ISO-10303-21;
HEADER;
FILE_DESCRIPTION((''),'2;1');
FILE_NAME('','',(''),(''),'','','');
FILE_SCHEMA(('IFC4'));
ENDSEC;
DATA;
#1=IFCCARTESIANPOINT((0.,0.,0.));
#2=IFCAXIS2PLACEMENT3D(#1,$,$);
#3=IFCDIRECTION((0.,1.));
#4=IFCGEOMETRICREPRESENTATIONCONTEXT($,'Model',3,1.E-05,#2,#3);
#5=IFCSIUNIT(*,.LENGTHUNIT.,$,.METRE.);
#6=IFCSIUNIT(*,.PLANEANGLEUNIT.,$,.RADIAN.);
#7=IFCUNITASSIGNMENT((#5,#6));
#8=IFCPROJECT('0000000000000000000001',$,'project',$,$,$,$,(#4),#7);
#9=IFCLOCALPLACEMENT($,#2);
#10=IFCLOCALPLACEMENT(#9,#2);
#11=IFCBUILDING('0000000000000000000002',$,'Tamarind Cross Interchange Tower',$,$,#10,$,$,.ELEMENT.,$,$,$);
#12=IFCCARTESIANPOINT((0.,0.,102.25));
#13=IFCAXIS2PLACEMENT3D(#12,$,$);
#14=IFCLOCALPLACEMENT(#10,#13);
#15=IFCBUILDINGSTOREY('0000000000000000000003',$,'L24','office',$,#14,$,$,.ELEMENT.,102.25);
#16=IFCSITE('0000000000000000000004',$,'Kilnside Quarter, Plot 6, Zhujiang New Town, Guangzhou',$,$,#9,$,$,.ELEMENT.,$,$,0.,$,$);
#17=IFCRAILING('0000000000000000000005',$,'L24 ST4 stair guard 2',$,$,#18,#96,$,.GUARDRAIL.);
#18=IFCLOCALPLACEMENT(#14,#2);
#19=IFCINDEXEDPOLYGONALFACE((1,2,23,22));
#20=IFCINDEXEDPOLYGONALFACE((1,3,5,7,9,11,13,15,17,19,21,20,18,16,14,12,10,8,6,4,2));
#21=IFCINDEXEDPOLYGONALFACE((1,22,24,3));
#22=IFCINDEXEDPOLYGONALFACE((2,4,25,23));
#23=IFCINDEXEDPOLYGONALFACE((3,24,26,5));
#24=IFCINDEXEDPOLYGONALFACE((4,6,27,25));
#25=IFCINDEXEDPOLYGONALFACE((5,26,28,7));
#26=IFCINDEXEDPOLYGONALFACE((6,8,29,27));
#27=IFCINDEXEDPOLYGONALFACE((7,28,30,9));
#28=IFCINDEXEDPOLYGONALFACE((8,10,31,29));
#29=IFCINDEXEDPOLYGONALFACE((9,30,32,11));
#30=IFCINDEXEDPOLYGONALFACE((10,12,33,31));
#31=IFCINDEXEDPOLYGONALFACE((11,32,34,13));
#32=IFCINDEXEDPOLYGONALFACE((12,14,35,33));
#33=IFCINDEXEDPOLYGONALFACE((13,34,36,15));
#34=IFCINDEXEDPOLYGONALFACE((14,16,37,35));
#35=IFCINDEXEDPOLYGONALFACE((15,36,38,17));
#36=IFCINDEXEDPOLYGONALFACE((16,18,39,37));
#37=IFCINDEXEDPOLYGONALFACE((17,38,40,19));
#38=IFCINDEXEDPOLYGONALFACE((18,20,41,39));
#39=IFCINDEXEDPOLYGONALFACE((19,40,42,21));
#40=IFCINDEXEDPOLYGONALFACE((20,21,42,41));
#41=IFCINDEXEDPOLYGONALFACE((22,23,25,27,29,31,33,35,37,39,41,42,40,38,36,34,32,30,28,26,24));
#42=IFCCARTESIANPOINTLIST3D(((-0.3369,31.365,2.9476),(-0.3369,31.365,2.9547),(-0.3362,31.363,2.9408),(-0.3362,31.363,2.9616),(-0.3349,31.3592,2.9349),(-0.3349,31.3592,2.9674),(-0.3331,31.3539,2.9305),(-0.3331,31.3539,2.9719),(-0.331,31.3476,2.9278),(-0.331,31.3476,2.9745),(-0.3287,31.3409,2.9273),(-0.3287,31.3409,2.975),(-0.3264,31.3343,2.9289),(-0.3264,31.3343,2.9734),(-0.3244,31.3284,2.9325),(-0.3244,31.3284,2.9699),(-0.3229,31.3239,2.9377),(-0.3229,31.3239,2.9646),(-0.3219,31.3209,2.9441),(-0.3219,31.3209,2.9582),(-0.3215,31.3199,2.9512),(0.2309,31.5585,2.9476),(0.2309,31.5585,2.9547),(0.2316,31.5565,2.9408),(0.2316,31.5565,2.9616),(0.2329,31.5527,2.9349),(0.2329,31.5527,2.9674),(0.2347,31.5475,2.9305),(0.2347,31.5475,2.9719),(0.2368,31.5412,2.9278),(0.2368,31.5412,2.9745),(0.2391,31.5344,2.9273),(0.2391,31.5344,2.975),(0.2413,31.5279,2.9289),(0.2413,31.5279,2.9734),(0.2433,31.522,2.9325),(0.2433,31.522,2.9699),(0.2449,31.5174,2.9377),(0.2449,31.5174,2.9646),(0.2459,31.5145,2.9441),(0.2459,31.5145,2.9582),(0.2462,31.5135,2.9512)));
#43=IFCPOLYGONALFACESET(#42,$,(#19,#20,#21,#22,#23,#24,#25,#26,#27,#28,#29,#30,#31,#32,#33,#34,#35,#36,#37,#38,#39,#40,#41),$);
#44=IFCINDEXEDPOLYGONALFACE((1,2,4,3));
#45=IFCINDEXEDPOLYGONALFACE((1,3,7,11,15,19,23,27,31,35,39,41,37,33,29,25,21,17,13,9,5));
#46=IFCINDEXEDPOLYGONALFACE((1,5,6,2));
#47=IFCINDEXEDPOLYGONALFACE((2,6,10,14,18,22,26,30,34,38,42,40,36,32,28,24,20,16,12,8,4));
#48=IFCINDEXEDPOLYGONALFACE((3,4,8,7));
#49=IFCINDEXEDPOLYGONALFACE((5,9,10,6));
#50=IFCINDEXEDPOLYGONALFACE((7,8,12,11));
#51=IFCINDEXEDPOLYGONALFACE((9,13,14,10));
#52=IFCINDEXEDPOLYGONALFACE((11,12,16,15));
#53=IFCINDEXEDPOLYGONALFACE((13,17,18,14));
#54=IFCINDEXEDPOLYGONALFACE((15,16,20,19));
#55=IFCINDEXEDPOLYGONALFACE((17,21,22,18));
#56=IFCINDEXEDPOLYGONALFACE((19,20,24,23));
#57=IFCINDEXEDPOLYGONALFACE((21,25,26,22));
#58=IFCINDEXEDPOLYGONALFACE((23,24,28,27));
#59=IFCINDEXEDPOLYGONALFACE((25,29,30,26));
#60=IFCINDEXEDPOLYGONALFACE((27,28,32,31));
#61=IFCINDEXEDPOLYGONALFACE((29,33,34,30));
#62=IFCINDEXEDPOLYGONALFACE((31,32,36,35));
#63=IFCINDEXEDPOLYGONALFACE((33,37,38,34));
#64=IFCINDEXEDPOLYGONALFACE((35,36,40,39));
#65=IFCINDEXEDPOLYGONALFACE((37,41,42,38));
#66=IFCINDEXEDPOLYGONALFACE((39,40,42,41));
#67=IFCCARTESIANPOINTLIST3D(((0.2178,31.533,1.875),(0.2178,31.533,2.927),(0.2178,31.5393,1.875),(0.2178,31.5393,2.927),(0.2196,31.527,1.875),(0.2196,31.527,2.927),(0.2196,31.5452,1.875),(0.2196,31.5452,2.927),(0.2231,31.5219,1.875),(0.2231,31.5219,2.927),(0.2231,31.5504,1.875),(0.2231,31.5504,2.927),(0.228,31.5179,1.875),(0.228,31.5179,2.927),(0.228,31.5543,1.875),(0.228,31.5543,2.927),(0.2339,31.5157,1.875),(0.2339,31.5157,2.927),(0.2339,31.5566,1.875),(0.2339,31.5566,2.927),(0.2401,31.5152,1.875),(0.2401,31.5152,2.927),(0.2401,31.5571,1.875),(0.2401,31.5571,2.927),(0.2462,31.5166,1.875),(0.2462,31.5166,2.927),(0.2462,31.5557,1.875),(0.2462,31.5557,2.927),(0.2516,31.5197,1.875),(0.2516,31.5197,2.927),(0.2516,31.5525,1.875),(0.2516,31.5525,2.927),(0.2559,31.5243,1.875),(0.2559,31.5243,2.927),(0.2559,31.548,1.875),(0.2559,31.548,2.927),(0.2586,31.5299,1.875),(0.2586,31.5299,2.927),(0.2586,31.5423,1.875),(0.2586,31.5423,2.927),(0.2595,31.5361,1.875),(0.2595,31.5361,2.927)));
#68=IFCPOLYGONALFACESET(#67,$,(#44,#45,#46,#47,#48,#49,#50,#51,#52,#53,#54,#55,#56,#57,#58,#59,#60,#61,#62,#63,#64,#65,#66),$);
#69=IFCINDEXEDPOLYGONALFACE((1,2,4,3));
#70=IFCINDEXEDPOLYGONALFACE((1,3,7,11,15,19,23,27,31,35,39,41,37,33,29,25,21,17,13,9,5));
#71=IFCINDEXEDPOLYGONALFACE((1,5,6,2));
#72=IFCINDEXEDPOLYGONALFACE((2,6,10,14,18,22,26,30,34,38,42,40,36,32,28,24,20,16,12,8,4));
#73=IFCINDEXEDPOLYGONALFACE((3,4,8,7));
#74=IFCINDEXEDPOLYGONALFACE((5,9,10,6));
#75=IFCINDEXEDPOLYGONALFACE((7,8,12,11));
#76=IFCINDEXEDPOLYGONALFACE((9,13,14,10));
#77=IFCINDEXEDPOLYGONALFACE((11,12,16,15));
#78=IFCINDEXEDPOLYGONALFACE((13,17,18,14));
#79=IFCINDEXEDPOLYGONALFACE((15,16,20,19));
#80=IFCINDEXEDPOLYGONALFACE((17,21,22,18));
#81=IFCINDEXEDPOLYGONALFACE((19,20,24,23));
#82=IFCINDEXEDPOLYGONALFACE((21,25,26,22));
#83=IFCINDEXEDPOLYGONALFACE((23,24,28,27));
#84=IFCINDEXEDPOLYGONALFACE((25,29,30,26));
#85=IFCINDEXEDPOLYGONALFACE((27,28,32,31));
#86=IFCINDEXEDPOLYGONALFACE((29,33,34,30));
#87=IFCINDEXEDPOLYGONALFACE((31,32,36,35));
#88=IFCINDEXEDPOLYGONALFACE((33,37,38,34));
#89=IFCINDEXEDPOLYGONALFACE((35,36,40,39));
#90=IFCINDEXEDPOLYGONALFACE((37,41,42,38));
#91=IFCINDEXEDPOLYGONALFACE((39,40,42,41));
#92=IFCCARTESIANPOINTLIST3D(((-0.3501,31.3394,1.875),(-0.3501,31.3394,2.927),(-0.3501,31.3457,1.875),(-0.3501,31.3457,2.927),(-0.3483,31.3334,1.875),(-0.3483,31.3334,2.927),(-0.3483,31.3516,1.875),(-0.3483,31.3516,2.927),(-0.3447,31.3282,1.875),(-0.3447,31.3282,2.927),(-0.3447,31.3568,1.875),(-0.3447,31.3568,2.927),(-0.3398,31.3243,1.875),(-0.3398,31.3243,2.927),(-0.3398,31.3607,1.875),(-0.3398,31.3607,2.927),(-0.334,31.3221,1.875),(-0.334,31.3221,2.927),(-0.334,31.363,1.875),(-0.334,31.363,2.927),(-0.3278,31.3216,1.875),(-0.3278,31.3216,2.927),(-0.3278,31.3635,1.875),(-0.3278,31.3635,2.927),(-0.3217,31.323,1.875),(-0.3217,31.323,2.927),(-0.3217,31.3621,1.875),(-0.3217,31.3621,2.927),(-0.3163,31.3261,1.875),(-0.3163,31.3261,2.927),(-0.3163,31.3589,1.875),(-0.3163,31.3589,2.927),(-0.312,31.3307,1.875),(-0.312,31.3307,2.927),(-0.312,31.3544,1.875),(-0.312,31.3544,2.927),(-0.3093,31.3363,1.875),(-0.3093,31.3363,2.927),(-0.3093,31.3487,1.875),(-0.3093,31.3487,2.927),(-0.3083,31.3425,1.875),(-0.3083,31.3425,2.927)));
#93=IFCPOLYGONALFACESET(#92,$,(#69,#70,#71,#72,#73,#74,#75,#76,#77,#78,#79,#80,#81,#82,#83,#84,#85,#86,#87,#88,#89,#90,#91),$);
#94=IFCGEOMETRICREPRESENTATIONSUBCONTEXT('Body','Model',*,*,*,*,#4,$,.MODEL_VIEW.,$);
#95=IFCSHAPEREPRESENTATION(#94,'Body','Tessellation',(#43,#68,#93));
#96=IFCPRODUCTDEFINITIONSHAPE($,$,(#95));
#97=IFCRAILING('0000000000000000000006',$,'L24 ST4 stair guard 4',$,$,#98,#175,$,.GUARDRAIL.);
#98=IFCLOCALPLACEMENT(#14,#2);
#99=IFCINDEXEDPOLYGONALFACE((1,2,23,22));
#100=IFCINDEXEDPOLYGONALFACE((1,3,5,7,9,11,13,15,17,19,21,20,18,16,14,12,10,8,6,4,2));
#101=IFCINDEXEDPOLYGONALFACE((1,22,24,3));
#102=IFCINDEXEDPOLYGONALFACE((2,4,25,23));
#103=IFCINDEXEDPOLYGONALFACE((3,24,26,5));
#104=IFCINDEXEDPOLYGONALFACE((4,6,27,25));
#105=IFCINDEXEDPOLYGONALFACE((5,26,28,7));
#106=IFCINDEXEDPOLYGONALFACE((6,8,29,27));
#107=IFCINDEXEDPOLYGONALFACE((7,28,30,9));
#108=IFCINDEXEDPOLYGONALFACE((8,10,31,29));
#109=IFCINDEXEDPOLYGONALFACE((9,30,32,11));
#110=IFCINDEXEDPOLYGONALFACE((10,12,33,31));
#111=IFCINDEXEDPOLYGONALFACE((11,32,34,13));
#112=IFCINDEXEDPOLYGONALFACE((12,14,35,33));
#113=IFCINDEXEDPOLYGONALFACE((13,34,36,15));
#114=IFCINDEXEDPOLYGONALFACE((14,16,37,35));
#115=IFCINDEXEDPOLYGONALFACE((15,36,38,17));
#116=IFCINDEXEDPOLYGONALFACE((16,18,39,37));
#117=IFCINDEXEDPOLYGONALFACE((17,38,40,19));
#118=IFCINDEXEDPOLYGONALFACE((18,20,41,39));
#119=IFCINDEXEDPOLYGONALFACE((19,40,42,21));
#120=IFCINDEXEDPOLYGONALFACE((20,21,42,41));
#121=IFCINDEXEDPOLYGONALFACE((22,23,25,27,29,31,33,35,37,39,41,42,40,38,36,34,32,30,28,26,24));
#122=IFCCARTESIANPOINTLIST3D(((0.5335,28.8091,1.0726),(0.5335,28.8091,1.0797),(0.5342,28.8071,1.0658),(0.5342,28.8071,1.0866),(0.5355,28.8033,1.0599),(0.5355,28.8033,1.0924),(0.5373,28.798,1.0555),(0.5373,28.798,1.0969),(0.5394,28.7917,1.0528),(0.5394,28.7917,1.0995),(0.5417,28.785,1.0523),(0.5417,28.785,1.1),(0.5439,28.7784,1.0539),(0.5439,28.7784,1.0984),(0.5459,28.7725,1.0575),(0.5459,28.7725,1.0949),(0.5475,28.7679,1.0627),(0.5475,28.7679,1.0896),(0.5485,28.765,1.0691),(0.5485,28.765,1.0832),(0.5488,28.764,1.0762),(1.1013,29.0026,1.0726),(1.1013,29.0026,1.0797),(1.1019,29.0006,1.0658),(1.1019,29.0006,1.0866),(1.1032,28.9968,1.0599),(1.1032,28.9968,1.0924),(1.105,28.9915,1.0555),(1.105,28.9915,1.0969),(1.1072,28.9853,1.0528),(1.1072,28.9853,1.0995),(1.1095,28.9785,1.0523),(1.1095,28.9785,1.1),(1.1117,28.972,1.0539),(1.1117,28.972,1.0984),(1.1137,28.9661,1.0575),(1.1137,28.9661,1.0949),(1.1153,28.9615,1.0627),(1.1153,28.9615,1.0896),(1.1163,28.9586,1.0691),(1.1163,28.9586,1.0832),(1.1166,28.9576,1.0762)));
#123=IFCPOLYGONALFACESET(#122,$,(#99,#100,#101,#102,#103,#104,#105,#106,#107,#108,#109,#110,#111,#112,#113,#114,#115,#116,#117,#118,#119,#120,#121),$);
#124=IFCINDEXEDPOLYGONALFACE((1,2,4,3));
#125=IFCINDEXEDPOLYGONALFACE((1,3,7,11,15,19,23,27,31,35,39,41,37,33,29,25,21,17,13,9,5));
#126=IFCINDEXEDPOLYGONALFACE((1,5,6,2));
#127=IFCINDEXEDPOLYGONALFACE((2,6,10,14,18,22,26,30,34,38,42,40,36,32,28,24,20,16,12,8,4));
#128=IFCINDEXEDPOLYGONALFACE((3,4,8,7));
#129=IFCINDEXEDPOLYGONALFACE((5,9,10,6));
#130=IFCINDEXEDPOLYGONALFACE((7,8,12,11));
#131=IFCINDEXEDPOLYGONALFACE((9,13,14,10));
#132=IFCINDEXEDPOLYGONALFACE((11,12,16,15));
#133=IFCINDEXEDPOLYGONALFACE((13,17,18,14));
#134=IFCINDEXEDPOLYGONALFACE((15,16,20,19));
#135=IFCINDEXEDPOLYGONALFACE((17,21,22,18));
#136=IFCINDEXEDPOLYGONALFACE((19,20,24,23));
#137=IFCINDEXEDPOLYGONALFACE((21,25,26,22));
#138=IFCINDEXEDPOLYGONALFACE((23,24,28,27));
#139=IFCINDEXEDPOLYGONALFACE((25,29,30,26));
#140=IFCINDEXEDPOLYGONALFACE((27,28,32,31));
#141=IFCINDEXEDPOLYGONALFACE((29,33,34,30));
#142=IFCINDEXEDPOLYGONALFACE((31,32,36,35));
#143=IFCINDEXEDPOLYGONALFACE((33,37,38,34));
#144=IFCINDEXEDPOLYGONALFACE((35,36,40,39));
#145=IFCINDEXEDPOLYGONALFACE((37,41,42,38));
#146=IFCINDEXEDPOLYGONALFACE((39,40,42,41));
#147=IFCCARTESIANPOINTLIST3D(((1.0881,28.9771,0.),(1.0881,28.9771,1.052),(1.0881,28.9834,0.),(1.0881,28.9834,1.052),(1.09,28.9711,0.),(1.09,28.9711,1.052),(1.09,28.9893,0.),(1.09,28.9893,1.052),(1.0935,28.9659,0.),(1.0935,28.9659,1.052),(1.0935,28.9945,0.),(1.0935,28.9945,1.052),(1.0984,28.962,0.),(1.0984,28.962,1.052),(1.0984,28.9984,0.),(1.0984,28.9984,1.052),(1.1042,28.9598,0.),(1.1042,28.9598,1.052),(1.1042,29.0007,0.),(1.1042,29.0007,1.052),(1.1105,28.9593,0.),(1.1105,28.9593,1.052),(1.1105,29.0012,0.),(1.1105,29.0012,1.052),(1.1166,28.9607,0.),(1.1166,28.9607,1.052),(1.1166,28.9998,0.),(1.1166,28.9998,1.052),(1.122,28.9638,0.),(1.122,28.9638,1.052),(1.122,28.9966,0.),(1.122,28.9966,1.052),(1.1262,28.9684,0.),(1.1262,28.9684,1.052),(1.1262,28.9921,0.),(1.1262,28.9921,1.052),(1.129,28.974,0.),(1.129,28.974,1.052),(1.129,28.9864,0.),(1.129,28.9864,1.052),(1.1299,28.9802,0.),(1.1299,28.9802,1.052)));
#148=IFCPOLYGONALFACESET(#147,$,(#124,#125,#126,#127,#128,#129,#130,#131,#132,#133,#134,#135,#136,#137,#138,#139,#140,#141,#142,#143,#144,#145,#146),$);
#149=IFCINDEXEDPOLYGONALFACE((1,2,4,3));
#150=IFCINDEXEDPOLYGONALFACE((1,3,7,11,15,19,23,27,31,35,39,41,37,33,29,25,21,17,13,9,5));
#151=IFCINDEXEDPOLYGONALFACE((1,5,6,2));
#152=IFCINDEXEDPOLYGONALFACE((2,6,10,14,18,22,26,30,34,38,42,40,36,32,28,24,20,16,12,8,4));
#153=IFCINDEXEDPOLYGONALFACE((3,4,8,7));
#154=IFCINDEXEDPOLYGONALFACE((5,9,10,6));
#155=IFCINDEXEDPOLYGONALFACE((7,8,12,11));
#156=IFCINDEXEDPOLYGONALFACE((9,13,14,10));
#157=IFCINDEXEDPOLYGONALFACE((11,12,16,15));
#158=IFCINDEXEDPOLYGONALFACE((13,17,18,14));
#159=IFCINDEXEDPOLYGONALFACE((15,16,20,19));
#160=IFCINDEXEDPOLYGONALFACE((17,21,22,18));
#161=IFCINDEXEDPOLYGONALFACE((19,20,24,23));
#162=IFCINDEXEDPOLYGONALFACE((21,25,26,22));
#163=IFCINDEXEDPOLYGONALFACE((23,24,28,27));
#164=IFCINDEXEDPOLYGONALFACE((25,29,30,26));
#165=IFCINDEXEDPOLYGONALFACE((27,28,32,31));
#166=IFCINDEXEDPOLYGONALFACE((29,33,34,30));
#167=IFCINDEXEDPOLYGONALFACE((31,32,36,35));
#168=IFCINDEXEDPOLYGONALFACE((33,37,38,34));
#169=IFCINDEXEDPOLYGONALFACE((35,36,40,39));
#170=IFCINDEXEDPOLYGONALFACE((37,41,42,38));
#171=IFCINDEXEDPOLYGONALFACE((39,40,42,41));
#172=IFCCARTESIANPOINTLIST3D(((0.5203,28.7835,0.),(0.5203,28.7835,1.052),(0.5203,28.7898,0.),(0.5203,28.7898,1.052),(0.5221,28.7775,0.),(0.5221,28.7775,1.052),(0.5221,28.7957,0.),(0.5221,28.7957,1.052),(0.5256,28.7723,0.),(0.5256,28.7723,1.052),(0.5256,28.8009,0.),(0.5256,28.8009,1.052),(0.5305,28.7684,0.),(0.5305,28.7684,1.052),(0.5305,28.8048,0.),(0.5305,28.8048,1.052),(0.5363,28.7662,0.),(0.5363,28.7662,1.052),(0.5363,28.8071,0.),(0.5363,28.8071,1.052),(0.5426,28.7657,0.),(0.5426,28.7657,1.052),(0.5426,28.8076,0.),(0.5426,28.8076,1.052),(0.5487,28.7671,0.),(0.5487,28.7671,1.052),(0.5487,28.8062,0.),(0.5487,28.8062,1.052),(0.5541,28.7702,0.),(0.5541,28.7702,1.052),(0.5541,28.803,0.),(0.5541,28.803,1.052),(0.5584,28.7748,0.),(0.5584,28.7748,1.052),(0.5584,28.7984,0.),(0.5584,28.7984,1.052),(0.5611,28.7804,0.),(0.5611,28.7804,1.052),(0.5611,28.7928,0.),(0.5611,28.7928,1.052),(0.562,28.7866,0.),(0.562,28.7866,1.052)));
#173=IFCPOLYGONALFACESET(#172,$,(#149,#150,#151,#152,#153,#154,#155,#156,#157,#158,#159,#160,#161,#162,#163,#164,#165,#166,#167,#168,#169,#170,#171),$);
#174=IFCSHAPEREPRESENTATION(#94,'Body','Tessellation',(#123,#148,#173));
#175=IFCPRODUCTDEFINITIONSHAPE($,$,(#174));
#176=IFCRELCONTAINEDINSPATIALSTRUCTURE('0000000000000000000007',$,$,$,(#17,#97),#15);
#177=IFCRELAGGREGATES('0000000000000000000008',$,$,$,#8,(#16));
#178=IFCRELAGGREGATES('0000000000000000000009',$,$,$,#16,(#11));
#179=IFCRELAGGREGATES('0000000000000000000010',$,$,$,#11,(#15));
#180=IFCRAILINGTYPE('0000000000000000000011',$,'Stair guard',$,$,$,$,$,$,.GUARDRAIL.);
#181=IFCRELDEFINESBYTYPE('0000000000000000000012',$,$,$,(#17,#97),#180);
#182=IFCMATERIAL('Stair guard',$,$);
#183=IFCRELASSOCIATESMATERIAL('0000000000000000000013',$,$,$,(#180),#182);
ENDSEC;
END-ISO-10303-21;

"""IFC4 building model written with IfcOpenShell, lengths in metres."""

from ifc_helpers import new_model, si_unit, direction, frame, origin, origin_2d, place, context, subcontext, project, spatial, circle, extrude, material, type_object, element, save


model = new_model("IFC4")

# Units and contexts
model_context = context("Model", 3, precision=1e-05, world=origin(), true_north=direction((0.0, 1.0)))
body_context = subcontext(model_context, "Body", "Model", "MODEL_VIEW")
ifc_project = project(units=[si_unit("LENGTHUNIT", "METRE"), si_unit("PLANEANGLEUNIT", "RADIAN")], contexts=[model_context])

# Site, building, storey
site_placement = place(None, origin())
site = spatial("IfcSite", under=ifc_project, at=site_placement, Name="Kilnside Quarter, Plot 6, Zhujiang New Town, Guangzhou", CompositionType="ELEMENT", RefElevation=0.0)
building_placement = place(site_placement, origin())
building = spatial("IfcBuilding", under=site, at=building_placement, Name="Tamarind Cross Interchange Tower", CompositionType="ELEMENT")
storey_placement = place(building_placement, frame((0.0, 0.0, 102.25)))
storey = spatial("IfcBuildingStorey", under=building, at=storey_placement, Name="L24", Description="office", CompositionType="ELEMENT", Elevation=102.25)

# Railings
ifc_material_1 = material(Name="Stair guard")
railing_type_1 = type_object("IfcRailingType", Name="Stair guard", PredefinedType="GUARDRAIL", material=ifc_material_1)
for number, where, name in (
    (1, (0.2385, 31.5361, 1.875), "L24 ST4 stair guard 2"),
    (2, (1.1089, 28.9802, 0.0), "L24 ST4 stair guard 4"),
):
    element("IfcRailing", number, at=place(storey_placement, frame(where)), inside=storey, type_object=railing_type_1, Name=name, PredefinedType="GUARDRAIL", context=body_context, shape_type="SweptSolid", body=[
        extrude(circle(Radius=0.0239, at=origin_2d()), frame((0.0, 0.0, 1.0762), z_axis=(-0.946505, -0.32269, 0.0), x_axis=(0.32269, -0.946505, 0.0)), (0.0, 0.0, 1.0), 0.5999),
        extrude(circle(Radius=0.021, at=origin_2d()), origin(), (0.0, 0.0, 1.0), 1.052),
        extrude(circle(Radius=0.021, at=origin_2d()), frame((-0.5679, -0.1936, 0.0)), (0.0, 0.0, 1.0), 1.052),
    ])

save(model, "model.ifc")
